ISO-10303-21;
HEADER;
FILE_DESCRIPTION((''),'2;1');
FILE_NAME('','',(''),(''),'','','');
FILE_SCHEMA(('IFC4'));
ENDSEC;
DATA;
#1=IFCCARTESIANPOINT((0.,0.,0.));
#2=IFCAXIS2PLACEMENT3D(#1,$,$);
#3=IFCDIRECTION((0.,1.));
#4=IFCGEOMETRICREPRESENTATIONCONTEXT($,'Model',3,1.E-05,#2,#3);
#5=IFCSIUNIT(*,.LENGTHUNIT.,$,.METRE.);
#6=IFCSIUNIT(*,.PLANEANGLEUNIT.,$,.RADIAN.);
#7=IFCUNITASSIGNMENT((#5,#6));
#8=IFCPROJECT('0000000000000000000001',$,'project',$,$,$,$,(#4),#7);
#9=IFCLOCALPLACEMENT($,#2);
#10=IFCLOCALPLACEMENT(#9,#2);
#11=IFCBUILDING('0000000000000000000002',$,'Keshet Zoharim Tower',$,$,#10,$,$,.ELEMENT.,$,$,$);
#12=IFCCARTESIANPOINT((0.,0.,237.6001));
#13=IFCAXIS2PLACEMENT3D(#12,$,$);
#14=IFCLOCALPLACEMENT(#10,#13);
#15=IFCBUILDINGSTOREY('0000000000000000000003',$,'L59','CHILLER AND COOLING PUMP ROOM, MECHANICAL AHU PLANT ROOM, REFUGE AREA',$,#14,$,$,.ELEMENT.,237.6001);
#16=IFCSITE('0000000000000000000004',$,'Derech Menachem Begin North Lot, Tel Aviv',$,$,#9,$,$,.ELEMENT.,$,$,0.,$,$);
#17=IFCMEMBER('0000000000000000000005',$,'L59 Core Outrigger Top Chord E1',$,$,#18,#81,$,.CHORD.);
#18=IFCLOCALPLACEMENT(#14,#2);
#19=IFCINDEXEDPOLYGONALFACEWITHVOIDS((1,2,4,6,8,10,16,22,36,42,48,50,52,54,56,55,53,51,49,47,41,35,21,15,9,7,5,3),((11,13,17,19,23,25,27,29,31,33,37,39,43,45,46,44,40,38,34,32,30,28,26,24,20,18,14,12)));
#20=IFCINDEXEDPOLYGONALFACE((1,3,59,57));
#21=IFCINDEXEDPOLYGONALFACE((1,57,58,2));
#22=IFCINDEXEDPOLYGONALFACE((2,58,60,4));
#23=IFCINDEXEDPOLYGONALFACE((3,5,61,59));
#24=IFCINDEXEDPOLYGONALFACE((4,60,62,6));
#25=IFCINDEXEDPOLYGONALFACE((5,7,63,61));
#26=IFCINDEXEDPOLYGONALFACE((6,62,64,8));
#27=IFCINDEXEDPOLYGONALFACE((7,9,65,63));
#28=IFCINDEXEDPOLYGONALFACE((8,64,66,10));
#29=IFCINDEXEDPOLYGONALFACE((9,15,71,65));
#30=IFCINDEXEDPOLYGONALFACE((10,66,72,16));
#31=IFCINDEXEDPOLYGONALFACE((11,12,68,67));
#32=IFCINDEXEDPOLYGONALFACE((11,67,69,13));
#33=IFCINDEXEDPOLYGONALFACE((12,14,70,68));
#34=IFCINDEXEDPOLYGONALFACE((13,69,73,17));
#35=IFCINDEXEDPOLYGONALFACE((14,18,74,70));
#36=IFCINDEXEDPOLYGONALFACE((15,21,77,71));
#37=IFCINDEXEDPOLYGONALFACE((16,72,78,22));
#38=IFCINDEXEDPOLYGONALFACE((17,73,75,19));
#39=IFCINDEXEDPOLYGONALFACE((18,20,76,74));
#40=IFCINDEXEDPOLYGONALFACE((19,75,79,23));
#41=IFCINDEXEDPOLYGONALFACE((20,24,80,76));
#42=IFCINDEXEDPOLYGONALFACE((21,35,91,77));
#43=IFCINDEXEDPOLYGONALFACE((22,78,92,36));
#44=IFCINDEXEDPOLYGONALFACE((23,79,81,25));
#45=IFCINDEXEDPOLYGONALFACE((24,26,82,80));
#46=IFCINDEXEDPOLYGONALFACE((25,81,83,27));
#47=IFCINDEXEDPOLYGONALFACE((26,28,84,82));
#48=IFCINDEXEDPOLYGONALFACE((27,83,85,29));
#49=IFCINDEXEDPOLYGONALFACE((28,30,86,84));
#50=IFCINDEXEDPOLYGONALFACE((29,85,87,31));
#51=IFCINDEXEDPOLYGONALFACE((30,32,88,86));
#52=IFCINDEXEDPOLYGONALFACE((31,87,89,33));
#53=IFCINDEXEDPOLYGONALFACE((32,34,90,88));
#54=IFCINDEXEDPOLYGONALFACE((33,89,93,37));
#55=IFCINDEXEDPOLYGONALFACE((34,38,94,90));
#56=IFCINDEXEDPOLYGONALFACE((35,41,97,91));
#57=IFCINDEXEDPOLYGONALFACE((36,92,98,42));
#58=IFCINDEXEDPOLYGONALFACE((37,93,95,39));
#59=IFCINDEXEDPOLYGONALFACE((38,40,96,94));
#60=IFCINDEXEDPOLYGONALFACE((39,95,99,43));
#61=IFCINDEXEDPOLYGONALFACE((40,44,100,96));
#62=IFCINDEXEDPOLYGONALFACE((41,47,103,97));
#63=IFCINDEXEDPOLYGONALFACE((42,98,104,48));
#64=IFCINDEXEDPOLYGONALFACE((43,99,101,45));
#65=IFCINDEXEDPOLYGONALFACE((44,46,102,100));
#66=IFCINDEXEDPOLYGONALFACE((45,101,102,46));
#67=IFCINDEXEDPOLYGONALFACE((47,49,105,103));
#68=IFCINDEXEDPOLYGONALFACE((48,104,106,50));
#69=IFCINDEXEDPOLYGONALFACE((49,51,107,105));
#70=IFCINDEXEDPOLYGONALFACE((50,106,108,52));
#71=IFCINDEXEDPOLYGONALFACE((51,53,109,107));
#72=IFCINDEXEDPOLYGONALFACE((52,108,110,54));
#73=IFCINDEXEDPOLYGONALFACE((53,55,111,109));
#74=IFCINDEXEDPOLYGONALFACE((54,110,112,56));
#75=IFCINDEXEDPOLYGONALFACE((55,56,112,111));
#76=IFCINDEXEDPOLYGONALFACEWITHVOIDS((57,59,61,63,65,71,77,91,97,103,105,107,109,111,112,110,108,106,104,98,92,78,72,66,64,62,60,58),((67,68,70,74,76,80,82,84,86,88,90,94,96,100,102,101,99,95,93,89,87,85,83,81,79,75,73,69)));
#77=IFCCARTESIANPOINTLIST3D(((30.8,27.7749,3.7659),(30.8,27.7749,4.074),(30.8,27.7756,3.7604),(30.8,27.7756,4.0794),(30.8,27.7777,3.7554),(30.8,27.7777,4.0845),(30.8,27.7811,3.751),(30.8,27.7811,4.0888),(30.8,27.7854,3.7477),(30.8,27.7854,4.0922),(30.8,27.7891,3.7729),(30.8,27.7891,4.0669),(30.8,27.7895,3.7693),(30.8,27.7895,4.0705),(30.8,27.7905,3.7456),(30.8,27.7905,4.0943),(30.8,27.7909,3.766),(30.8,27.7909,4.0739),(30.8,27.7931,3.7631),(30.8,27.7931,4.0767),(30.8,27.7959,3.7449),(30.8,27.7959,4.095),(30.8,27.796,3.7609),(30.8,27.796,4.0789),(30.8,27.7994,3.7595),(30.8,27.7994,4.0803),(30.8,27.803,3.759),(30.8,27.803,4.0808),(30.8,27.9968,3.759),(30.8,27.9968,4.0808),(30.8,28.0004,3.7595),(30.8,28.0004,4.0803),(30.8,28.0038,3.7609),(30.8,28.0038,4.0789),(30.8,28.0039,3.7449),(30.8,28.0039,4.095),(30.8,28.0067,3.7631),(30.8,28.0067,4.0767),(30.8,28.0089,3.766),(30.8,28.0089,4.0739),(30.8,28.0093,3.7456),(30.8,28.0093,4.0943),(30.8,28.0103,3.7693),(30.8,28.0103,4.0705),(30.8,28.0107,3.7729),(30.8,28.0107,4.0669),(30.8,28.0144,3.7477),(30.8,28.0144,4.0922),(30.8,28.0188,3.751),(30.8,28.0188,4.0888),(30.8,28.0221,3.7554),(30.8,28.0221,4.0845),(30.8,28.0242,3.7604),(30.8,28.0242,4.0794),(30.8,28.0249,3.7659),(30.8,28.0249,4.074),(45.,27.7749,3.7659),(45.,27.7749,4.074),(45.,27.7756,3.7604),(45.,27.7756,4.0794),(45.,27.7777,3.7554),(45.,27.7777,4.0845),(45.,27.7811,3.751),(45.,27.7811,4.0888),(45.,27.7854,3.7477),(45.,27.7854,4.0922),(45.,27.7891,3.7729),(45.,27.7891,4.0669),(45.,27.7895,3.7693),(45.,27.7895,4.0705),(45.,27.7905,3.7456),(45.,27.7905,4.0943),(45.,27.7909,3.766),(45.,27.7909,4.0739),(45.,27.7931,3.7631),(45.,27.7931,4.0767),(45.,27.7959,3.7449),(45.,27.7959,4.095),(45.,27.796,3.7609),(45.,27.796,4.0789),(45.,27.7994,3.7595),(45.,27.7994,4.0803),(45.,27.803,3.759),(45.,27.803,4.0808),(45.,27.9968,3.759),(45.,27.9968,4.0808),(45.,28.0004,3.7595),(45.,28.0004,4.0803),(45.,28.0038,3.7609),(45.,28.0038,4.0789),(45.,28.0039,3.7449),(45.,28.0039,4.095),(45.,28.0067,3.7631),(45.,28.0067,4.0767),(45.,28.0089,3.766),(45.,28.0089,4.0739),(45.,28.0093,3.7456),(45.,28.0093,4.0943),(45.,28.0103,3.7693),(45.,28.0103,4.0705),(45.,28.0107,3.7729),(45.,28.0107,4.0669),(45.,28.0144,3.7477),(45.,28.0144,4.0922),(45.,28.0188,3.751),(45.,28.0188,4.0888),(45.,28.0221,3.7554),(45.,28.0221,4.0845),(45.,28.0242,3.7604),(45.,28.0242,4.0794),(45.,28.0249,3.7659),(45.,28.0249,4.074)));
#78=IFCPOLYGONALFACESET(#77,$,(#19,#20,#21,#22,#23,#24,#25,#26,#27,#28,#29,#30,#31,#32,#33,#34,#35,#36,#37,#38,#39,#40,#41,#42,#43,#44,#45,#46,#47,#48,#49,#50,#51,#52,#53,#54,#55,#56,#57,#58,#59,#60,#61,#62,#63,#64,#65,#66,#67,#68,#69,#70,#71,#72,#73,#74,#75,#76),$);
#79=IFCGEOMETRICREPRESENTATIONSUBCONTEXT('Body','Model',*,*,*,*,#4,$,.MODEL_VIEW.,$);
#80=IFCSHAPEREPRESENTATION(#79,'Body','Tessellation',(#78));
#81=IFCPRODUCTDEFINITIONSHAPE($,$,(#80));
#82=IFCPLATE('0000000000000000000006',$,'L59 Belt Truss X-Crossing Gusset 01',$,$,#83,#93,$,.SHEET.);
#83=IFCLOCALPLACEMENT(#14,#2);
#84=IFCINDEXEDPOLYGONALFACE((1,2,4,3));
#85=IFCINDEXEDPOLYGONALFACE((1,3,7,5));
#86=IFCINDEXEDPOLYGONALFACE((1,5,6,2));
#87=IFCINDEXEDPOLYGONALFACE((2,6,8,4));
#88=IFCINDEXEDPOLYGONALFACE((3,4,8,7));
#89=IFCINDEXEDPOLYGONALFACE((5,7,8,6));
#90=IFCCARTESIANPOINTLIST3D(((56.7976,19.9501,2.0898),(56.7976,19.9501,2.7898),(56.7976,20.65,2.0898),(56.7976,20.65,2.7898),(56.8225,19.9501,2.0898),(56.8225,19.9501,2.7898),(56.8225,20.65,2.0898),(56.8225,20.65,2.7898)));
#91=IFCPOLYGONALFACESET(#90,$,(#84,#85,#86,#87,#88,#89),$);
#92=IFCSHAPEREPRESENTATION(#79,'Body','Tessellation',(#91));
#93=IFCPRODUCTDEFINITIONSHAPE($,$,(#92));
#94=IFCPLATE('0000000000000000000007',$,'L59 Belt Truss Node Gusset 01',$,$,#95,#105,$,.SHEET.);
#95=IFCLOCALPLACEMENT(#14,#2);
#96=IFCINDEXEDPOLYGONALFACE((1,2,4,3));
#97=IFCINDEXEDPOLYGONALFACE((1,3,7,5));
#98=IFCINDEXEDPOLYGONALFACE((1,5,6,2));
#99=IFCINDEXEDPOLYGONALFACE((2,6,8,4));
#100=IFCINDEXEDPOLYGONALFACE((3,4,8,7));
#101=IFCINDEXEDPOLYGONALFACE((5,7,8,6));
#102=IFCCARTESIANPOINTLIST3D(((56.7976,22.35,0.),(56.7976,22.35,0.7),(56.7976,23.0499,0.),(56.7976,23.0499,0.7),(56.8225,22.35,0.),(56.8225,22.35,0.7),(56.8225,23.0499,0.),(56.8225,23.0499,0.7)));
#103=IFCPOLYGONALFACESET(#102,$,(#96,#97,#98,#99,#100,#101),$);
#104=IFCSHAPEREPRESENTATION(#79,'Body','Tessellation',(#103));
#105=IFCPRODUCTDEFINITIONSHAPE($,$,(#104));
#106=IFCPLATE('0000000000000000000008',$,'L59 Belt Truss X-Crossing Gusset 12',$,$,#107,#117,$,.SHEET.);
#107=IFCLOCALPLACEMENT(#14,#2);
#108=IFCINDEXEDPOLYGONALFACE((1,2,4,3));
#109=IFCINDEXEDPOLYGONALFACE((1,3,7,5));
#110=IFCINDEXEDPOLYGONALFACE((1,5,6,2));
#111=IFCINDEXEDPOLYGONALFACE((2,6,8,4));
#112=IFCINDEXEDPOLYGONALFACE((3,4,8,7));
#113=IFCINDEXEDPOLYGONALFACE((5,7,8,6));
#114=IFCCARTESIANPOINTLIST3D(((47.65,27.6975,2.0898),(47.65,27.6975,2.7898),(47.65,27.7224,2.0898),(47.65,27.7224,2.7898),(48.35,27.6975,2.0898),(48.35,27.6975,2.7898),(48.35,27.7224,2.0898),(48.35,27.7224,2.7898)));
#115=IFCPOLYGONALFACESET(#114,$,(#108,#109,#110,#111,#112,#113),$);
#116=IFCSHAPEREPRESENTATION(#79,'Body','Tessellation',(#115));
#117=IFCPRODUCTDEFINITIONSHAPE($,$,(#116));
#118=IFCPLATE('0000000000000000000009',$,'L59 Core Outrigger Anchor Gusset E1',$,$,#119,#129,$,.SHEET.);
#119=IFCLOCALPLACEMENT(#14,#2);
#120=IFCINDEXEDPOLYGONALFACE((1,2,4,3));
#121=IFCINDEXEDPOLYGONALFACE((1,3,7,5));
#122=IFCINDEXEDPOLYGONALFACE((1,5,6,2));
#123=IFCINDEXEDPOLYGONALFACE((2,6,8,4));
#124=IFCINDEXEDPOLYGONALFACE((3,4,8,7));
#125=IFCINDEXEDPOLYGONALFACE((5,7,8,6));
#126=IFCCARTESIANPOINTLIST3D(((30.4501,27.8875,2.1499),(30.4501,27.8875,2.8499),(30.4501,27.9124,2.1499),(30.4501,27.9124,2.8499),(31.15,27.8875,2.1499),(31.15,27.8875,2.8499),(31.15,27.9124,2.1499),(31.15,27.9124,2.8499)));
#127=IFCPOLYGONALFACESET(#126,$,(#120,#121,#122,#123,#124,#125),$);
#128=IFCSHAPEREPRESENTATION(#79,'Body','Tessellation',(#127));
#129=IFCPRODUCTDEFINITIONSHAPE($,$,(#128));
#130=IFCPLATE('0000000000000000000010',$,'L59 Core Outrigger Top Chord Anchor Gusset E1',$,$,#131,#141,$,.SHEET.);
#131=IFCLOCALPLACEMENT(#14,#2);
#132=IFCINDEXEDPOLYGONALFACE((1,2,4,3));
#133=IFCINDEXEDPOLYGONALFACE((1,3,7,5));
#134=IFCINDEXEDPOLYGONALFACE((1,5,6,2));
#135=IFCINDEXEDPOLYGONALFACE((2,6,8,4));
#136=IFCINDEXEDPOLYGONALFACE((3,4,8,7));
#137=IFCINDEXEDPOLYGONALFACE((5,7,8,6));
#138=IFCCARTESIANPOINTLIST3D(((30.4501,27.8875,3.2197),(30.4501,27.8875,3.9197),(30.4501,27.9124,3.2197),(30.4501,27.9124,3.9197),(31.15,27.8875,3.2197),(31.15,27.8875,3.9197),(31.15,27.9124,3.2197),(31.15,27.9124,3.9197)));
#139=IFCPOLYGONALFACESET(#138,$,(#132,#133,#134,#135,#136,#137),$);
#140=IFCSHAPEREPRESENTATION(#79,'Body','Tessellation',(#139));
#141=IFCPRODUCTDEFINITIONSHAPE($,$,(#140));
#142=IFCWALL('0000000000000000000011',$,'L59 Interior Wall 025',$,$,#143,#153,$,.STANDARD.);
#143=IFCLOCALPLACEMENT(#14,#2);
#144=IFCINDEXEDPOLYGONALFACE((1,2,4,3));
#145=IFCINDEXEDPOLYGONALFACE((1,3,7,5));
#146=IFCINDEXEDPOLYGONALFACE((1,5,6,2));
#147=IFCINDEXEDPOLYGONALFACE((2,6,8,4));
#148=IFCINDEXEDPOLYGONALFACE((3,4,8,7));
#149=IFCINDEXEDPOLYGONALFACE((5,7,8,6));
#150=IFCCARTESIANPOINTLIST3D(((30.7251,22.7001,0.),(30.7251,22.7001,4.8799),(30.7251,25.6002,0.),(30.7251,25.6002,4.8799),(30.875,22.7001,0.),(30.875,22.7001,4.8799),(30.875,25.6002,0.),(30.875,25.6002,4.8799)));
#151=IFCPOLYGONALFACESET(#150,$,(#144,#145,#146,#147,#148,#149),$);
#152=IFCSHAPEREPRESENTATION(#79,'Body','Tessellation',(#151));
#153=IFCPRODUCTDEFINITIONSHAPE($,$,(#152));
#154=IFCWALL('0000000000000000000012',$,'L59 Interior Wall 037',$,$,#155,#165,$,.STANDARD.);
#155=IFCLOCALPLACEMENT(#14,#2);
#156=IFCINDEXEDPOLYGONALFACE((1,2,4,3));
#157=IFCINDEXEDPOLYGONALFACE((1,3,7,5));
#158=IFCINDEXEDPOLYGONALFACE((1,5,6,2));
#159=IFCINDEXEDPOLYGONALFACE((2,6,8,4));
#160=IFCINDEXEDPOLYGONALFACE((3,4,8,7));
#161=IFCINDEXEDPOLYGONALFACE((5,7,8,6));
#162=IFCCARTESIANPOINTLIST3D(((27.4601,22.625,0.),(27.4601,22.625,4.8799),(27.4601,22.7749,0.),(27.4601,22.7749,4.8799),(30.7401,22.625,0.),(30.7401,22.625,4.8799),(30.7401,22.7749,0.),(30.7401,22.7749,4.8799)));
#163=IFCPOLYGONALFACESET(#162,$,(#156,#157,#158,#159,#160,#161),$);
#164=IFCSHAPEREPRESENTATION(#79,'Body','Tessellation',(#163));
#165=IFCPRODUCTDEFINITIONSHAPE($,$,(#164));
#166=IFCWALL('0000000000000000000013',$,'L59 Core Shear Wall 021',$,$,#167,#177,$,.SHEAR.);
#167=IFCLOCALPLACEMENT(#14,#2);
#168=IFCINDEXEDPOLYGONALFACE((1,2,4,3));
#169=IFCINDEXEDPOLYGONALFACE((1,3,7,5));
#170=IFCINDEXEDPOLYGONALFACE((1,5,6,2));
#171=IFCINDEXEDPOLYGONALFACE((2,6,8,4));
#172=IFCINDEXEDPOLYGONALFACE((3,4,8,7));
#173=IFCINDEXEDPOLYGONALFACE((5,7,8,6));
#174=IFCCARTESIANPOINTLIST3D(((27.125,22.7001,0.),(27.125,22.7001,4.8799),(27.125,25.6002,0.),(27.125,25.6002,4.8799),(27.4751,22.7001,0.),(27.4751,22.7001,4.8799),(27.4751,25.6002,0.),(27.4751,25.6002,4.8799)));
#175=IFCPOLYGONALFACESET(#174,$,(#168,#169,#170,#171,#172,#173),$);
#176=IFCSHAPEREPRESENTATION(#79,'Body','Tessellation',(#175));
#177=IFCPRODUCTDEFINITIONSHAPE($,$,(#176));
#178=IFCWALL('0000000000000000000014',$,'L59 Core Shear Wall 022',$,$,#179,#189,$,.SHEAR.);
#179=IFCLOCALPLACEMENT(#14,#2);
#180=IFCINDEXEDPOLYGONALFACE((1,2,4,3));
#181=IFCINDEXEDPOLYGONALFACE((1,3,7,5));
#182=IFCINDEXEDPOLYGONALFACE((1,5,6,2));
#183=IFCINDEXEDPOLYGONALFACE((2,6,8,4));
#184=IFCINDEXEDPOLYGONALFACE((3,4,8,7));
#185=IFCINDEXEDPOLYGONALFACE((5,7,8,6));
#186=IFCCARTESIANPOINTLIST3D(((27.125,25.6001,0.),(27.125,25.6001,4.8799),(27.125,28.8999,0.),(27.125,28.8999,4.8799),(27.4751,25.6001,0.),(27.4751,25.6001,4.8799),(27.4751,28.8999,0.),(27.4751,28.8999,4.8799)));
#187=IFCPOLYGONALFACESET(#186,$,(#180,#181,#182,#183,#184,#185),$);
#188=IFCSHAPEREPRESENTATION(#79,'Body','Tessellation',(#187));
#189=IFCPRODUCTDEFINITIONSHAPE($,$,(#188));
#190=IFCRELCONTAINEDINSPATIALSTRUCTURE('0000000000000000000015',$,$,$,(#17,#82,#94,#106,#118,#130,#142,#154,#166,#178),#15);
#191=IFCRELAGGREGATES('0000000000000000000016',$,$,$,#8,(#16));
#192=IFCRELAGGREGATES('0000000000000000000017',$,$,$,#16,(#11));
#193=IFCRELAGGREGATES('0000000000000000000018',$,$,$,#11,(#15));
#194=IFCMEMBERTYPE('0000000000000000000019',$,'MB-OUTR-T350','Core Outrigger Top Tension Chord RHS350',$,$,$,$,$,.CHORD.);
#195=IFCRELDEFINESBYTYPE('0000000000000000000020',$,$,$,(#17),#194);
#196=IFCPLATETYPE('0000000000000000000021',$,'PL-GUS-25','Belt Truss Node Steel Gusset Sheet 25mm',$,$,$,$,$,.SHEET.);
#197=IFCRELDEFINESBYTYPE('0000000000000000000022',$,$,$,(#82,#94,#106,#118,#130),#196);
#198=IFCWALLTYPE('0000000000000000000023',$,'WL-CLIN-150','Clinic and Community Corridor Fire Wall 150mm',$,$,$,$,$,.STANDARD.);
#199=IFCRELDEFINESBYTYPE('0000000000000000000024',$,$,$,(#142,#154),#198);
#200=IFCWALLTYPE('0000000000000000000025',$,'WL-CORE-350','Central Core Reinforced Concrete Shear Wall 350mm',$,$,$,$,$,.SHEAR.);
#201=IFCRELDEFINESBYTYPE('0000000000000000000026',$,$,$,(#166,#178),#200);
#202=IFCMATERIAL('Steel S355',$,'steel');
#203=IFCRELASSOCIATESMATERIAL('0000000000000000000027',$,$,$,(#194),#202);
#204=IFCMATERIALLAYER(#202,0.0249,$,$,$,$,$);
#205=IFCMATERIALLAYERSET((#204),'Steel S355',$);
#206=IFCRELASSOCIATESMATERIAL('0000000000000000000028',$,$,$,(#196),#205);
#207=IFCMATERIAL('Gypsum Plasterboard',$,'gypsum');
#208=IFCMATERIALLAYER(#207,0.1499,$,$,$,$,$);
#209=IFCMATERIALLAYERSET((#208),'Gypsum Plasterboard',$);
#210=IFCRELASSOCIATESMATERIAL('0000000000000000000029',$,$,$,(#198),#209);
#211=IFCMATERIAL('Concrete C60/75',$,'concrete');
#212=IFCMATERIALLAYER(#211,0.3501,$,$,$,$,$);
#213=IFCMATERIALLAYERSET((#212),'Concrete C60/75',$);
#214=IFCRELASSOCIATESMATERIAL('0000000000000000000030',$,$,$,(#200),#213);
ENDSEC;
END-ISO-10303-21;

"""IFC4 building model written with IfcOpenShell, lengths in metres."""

from ifc_helpers import new_model, si_unit, direction, frame, frame_2d, origin, origin_2d, place, context, subcontext, project, spatial, rectangle, hollow_rectangle, extrude, material, layer, layer_set, material_profile, profile_set, type_object, element, save


model = new_model("IFC4")

# Units and contexts
model_context = context("Model", 3, precision=1e-05, world=origin(), true_north=direction((0.0, 1.0)))
body_context = subcontext(model_context, "Body", "Model", "MODEL_VIEW")
ifc_project = project(units=[si_unit("LENGTHUNIT", "METRE"), si_unit("PLANEANGLEUNIT", "RADIAN")], contexts=[model_context])

# Site, building, storey
site_placement = place(None, origin())
site = spatial("IfcSite", under=ifc_project, at=site_placement, Name="Derech Menachem Begin North Lot, Tel Aviv", CompositionType="ELEMENT", RefElevation=0.0)
building_placement = place(site_placement, origin())
building = spatial("IfcBuilding", under=site, at=building_placement, Name="Keshet Zoharim Tower", CompositionType="ELEMENT")
storey_placement = place(building_placement, frame((0.0, 0.0, 237.6001)))
storey = spatial("IfcBuildingStorey", under=building, at=storey_placement, Name="L59", Description="CHILLER AND COOLING PUMP ROOM, MECHANICAL AHU PLANT ROOM, REFUGE AREA", CompositionType="ELEMENT", Elevation=237.6001)

# Shared definitions
ifc_material_1 = material(Name="Steel S355", Category="steel")

# Member
ifc_material_profile_1 = material_profile(ifc_material_1, hollow_rectangle(XDim=0.25, YDim=0.3501, WallThickness=0.0142, InnerFilletRadius=0.0139, OuterFilletRadius=0.021, at=origin_2d()), Name="RHS350x250x14.2")
ifc_profile_set_1 = profile_set([ifc_material_profile_1], Name="Steel S355")
member_type_1 = type_object("IfcMemberType", Name="MB-OUTR-T350", Description="Core Outrigger Top Tension Chord RHS350", PredefinedType="CHORD", material=ifc_profile_set_1)
member_1_placement = place(storey_placement, frame((30.8, 27.8999, 3.9199), z_axis=(1.0, 0.0, 0.0), x_axis=(0.0, 1.0, 0.0)))
element("IfcMember", 1, at=member_1_placement, inside=storey, type_object=member_type_1, Name="L59 Core Outrigger Top Chord E1", PredefinedType="CHORD", context=body_context, shape_type="SweptSolid", body=[
    extrude(hollow_rectangle(XDim=0.25, YDim=0.3501, WallThickness=0.0142, InnerFilletRadius=0.0139, OuterFilletRadius=0.021, at=origin_2d()), origin(), (0.0, 0.0, 1.0), 14.2),
])

# Plates
ifc_layer_1 = layer(ifc_material_1, 0.0249)
ifc_layer_set_1 = layer_set([ifc_layer_1], Name="Steel S355")
plate_type = type_object("IfcPlateType", Name="PL-GUS-25", Description="Belt Truss Node Steel Gusset Sheet 25mm", PredefinedType="SHEET", material=ifc_layer_set_1)
for number, where, z_axis, x_axis, name in (
    (2, (56.8101, 20.3, 2.0898), (0.0, 0.0, 1.0), (0.0, -1.0, 0.0), "L59 Belt Truss X-Crossing Gusset 01"),
    (3, (56.8101, 22.7, 0.0), (0.0, 0.0, 1.0), (0.0, -1.0, 0.0), "L59 Belt Truss Node Gusset 01"),
    (4, (48.0, 27.71, 2.0898), (0.0, 0.0, 1.0), (1.0, 0.0, 0.0), "L59 Belt Truss X-Crossing Gusset 12"),
    (5, (30.8, 27.8999, 2.1499), (0.0, 0.0, 1.0), (1.0, 0.0, 0.0), "L59 Core Outrigger Anchor Gusset E1"),
    (6, (30.8, 27.8999, 3.2197), (0.0, 0.0, 1.0), (1.0, 0.0, 0.0), "L59 Core Outrigger Top Chord Anchor Gusset E1"),
):
    element("IfcPlate", number, at=place(storey_placement, frame(where, z_axis=z_axis, x_axis=x_axis)), inside=storey, type_object=plate_type, Name=name, PredefinedType="SHEET", context=body_context, shape_type="SweptSolid", body=[
        extrude(rectangle(XDim=0.7, YDim=0.0249, at=origin_2d()), origin(), (0.0, 0.0, 1.0), 0.7),
    ])

# Walls
ifc_material_2 = material(Name="Gypsum Plasterboard", Category="gypsum")
ifc_layer_2 = layer(ifc_material_2, 0.1499)
ifc_layer_set_2 = layer_set([ifc_layer_2], Name="Gypsum Plasterboard")
wall_type_1 = type_object("IfcWallType", Name="WL-CLIN-150", Description="Clinic and Community Corridor Fire Wall 150mm", PredefinedType="STANDARD", material=ifc_layer_set_2)
wall_1_placement = place(storey_placement, frame((30.8, 22.7, 0.0), z_axis=(0.0, 0.0, 1.0), x_axis=(0.0, 1.0, 0.0)))
element("IfcWall", 7, at=wall_1_placement, inside=storey, type_object=wall_type_1, Name="L59 Interior Wall 025", PredefinedType="STANDARD", context=body_context, shape_type="SweptSolid", body=[
    extrude(rectangle(XDim=2.9001, YDim=0.1499, at=frame_2d((1.4502, 0.0))), origin(), (0.0, 0.0, 1.0), 4.8799),
])
wall_2_placement = place(storey_placement, frame((27.46, 22.7, 0.0), z_axis=(0.0, 0.0, 1.0), x_axis=(1.0, 0.0, 0.0)))
element("IfcWall", 8, at=wall_2_placement, inside=storey, type_object=wall_type_1, Name="L59 Interior Wall 037", PredefinedType="STANDARD", context=body_context, shape_type="SweptSolid", body=[
    extrude(rectangle(XDim=3.28, YDim=0.1499, at=frame_2d((1.6401, 0.0))), origin(), (0.0, 0.0, 1.0), 4.8799),
])
ifc_material_3 = material(Name="Concrete C60/75", Category="concrete")
ifc_layer_3 = layer(ifc_material_3, 0.3501)
ifc_layer_set_3 = layer_set([ifc_layer_3], Name="Concrete C60/75")
wall_type_2 = type_object("IfcWallType", Name="WL-CORE-350", Description="Central Core Reinforced Concrete Shear Wall 350mm", PredefinedType="SHEAR", material=ifc_layer_set_3)
wall_3_placement = place(storey_placement, frame((27.3, 22.7, 0.0), z_axis=(0.0, 0.0, 1.0), x_axis=(0.0, 1.0, 0.0)))
element("IfcWall", 9, at=wall_3_placement, inside=storey, type_object=wall_type_2, Name="L59 Core Shear Wall 021", PredefinedType="SHEAR", context=body_context, shape_type="SweptSolid", body=[
    extrude(rectangle(XDim=2.9001, YDim=0.3501, at=frame_2d((1.4502, 0.0))), origin(), (0.0, 0.0, 1.0), 4.8799),
])
wall_4_placement = place(storey_placement, frame((27.3, 25.6001, 0.0), z_axis=(0.0, 0.0, 1.0), x_axis=(0.0, 1.0, 0.0)))
element("IfcWall", 10, at=wall_4_placement, inside=storey, type_object=wall_type_2, Name="L59 Core Shear Wall 022", PredefinedType="SHEAR", context=body_context, shape_type="SweptSolid", body=[
    extrude(rectangle(XDim=3.2998, YDim=0.3501, at=frame_2d((1.6499, 0.0))), origin(), (0.0, 0.0, 1.0), 4.8799),
])

save(model, "model.ifc")
